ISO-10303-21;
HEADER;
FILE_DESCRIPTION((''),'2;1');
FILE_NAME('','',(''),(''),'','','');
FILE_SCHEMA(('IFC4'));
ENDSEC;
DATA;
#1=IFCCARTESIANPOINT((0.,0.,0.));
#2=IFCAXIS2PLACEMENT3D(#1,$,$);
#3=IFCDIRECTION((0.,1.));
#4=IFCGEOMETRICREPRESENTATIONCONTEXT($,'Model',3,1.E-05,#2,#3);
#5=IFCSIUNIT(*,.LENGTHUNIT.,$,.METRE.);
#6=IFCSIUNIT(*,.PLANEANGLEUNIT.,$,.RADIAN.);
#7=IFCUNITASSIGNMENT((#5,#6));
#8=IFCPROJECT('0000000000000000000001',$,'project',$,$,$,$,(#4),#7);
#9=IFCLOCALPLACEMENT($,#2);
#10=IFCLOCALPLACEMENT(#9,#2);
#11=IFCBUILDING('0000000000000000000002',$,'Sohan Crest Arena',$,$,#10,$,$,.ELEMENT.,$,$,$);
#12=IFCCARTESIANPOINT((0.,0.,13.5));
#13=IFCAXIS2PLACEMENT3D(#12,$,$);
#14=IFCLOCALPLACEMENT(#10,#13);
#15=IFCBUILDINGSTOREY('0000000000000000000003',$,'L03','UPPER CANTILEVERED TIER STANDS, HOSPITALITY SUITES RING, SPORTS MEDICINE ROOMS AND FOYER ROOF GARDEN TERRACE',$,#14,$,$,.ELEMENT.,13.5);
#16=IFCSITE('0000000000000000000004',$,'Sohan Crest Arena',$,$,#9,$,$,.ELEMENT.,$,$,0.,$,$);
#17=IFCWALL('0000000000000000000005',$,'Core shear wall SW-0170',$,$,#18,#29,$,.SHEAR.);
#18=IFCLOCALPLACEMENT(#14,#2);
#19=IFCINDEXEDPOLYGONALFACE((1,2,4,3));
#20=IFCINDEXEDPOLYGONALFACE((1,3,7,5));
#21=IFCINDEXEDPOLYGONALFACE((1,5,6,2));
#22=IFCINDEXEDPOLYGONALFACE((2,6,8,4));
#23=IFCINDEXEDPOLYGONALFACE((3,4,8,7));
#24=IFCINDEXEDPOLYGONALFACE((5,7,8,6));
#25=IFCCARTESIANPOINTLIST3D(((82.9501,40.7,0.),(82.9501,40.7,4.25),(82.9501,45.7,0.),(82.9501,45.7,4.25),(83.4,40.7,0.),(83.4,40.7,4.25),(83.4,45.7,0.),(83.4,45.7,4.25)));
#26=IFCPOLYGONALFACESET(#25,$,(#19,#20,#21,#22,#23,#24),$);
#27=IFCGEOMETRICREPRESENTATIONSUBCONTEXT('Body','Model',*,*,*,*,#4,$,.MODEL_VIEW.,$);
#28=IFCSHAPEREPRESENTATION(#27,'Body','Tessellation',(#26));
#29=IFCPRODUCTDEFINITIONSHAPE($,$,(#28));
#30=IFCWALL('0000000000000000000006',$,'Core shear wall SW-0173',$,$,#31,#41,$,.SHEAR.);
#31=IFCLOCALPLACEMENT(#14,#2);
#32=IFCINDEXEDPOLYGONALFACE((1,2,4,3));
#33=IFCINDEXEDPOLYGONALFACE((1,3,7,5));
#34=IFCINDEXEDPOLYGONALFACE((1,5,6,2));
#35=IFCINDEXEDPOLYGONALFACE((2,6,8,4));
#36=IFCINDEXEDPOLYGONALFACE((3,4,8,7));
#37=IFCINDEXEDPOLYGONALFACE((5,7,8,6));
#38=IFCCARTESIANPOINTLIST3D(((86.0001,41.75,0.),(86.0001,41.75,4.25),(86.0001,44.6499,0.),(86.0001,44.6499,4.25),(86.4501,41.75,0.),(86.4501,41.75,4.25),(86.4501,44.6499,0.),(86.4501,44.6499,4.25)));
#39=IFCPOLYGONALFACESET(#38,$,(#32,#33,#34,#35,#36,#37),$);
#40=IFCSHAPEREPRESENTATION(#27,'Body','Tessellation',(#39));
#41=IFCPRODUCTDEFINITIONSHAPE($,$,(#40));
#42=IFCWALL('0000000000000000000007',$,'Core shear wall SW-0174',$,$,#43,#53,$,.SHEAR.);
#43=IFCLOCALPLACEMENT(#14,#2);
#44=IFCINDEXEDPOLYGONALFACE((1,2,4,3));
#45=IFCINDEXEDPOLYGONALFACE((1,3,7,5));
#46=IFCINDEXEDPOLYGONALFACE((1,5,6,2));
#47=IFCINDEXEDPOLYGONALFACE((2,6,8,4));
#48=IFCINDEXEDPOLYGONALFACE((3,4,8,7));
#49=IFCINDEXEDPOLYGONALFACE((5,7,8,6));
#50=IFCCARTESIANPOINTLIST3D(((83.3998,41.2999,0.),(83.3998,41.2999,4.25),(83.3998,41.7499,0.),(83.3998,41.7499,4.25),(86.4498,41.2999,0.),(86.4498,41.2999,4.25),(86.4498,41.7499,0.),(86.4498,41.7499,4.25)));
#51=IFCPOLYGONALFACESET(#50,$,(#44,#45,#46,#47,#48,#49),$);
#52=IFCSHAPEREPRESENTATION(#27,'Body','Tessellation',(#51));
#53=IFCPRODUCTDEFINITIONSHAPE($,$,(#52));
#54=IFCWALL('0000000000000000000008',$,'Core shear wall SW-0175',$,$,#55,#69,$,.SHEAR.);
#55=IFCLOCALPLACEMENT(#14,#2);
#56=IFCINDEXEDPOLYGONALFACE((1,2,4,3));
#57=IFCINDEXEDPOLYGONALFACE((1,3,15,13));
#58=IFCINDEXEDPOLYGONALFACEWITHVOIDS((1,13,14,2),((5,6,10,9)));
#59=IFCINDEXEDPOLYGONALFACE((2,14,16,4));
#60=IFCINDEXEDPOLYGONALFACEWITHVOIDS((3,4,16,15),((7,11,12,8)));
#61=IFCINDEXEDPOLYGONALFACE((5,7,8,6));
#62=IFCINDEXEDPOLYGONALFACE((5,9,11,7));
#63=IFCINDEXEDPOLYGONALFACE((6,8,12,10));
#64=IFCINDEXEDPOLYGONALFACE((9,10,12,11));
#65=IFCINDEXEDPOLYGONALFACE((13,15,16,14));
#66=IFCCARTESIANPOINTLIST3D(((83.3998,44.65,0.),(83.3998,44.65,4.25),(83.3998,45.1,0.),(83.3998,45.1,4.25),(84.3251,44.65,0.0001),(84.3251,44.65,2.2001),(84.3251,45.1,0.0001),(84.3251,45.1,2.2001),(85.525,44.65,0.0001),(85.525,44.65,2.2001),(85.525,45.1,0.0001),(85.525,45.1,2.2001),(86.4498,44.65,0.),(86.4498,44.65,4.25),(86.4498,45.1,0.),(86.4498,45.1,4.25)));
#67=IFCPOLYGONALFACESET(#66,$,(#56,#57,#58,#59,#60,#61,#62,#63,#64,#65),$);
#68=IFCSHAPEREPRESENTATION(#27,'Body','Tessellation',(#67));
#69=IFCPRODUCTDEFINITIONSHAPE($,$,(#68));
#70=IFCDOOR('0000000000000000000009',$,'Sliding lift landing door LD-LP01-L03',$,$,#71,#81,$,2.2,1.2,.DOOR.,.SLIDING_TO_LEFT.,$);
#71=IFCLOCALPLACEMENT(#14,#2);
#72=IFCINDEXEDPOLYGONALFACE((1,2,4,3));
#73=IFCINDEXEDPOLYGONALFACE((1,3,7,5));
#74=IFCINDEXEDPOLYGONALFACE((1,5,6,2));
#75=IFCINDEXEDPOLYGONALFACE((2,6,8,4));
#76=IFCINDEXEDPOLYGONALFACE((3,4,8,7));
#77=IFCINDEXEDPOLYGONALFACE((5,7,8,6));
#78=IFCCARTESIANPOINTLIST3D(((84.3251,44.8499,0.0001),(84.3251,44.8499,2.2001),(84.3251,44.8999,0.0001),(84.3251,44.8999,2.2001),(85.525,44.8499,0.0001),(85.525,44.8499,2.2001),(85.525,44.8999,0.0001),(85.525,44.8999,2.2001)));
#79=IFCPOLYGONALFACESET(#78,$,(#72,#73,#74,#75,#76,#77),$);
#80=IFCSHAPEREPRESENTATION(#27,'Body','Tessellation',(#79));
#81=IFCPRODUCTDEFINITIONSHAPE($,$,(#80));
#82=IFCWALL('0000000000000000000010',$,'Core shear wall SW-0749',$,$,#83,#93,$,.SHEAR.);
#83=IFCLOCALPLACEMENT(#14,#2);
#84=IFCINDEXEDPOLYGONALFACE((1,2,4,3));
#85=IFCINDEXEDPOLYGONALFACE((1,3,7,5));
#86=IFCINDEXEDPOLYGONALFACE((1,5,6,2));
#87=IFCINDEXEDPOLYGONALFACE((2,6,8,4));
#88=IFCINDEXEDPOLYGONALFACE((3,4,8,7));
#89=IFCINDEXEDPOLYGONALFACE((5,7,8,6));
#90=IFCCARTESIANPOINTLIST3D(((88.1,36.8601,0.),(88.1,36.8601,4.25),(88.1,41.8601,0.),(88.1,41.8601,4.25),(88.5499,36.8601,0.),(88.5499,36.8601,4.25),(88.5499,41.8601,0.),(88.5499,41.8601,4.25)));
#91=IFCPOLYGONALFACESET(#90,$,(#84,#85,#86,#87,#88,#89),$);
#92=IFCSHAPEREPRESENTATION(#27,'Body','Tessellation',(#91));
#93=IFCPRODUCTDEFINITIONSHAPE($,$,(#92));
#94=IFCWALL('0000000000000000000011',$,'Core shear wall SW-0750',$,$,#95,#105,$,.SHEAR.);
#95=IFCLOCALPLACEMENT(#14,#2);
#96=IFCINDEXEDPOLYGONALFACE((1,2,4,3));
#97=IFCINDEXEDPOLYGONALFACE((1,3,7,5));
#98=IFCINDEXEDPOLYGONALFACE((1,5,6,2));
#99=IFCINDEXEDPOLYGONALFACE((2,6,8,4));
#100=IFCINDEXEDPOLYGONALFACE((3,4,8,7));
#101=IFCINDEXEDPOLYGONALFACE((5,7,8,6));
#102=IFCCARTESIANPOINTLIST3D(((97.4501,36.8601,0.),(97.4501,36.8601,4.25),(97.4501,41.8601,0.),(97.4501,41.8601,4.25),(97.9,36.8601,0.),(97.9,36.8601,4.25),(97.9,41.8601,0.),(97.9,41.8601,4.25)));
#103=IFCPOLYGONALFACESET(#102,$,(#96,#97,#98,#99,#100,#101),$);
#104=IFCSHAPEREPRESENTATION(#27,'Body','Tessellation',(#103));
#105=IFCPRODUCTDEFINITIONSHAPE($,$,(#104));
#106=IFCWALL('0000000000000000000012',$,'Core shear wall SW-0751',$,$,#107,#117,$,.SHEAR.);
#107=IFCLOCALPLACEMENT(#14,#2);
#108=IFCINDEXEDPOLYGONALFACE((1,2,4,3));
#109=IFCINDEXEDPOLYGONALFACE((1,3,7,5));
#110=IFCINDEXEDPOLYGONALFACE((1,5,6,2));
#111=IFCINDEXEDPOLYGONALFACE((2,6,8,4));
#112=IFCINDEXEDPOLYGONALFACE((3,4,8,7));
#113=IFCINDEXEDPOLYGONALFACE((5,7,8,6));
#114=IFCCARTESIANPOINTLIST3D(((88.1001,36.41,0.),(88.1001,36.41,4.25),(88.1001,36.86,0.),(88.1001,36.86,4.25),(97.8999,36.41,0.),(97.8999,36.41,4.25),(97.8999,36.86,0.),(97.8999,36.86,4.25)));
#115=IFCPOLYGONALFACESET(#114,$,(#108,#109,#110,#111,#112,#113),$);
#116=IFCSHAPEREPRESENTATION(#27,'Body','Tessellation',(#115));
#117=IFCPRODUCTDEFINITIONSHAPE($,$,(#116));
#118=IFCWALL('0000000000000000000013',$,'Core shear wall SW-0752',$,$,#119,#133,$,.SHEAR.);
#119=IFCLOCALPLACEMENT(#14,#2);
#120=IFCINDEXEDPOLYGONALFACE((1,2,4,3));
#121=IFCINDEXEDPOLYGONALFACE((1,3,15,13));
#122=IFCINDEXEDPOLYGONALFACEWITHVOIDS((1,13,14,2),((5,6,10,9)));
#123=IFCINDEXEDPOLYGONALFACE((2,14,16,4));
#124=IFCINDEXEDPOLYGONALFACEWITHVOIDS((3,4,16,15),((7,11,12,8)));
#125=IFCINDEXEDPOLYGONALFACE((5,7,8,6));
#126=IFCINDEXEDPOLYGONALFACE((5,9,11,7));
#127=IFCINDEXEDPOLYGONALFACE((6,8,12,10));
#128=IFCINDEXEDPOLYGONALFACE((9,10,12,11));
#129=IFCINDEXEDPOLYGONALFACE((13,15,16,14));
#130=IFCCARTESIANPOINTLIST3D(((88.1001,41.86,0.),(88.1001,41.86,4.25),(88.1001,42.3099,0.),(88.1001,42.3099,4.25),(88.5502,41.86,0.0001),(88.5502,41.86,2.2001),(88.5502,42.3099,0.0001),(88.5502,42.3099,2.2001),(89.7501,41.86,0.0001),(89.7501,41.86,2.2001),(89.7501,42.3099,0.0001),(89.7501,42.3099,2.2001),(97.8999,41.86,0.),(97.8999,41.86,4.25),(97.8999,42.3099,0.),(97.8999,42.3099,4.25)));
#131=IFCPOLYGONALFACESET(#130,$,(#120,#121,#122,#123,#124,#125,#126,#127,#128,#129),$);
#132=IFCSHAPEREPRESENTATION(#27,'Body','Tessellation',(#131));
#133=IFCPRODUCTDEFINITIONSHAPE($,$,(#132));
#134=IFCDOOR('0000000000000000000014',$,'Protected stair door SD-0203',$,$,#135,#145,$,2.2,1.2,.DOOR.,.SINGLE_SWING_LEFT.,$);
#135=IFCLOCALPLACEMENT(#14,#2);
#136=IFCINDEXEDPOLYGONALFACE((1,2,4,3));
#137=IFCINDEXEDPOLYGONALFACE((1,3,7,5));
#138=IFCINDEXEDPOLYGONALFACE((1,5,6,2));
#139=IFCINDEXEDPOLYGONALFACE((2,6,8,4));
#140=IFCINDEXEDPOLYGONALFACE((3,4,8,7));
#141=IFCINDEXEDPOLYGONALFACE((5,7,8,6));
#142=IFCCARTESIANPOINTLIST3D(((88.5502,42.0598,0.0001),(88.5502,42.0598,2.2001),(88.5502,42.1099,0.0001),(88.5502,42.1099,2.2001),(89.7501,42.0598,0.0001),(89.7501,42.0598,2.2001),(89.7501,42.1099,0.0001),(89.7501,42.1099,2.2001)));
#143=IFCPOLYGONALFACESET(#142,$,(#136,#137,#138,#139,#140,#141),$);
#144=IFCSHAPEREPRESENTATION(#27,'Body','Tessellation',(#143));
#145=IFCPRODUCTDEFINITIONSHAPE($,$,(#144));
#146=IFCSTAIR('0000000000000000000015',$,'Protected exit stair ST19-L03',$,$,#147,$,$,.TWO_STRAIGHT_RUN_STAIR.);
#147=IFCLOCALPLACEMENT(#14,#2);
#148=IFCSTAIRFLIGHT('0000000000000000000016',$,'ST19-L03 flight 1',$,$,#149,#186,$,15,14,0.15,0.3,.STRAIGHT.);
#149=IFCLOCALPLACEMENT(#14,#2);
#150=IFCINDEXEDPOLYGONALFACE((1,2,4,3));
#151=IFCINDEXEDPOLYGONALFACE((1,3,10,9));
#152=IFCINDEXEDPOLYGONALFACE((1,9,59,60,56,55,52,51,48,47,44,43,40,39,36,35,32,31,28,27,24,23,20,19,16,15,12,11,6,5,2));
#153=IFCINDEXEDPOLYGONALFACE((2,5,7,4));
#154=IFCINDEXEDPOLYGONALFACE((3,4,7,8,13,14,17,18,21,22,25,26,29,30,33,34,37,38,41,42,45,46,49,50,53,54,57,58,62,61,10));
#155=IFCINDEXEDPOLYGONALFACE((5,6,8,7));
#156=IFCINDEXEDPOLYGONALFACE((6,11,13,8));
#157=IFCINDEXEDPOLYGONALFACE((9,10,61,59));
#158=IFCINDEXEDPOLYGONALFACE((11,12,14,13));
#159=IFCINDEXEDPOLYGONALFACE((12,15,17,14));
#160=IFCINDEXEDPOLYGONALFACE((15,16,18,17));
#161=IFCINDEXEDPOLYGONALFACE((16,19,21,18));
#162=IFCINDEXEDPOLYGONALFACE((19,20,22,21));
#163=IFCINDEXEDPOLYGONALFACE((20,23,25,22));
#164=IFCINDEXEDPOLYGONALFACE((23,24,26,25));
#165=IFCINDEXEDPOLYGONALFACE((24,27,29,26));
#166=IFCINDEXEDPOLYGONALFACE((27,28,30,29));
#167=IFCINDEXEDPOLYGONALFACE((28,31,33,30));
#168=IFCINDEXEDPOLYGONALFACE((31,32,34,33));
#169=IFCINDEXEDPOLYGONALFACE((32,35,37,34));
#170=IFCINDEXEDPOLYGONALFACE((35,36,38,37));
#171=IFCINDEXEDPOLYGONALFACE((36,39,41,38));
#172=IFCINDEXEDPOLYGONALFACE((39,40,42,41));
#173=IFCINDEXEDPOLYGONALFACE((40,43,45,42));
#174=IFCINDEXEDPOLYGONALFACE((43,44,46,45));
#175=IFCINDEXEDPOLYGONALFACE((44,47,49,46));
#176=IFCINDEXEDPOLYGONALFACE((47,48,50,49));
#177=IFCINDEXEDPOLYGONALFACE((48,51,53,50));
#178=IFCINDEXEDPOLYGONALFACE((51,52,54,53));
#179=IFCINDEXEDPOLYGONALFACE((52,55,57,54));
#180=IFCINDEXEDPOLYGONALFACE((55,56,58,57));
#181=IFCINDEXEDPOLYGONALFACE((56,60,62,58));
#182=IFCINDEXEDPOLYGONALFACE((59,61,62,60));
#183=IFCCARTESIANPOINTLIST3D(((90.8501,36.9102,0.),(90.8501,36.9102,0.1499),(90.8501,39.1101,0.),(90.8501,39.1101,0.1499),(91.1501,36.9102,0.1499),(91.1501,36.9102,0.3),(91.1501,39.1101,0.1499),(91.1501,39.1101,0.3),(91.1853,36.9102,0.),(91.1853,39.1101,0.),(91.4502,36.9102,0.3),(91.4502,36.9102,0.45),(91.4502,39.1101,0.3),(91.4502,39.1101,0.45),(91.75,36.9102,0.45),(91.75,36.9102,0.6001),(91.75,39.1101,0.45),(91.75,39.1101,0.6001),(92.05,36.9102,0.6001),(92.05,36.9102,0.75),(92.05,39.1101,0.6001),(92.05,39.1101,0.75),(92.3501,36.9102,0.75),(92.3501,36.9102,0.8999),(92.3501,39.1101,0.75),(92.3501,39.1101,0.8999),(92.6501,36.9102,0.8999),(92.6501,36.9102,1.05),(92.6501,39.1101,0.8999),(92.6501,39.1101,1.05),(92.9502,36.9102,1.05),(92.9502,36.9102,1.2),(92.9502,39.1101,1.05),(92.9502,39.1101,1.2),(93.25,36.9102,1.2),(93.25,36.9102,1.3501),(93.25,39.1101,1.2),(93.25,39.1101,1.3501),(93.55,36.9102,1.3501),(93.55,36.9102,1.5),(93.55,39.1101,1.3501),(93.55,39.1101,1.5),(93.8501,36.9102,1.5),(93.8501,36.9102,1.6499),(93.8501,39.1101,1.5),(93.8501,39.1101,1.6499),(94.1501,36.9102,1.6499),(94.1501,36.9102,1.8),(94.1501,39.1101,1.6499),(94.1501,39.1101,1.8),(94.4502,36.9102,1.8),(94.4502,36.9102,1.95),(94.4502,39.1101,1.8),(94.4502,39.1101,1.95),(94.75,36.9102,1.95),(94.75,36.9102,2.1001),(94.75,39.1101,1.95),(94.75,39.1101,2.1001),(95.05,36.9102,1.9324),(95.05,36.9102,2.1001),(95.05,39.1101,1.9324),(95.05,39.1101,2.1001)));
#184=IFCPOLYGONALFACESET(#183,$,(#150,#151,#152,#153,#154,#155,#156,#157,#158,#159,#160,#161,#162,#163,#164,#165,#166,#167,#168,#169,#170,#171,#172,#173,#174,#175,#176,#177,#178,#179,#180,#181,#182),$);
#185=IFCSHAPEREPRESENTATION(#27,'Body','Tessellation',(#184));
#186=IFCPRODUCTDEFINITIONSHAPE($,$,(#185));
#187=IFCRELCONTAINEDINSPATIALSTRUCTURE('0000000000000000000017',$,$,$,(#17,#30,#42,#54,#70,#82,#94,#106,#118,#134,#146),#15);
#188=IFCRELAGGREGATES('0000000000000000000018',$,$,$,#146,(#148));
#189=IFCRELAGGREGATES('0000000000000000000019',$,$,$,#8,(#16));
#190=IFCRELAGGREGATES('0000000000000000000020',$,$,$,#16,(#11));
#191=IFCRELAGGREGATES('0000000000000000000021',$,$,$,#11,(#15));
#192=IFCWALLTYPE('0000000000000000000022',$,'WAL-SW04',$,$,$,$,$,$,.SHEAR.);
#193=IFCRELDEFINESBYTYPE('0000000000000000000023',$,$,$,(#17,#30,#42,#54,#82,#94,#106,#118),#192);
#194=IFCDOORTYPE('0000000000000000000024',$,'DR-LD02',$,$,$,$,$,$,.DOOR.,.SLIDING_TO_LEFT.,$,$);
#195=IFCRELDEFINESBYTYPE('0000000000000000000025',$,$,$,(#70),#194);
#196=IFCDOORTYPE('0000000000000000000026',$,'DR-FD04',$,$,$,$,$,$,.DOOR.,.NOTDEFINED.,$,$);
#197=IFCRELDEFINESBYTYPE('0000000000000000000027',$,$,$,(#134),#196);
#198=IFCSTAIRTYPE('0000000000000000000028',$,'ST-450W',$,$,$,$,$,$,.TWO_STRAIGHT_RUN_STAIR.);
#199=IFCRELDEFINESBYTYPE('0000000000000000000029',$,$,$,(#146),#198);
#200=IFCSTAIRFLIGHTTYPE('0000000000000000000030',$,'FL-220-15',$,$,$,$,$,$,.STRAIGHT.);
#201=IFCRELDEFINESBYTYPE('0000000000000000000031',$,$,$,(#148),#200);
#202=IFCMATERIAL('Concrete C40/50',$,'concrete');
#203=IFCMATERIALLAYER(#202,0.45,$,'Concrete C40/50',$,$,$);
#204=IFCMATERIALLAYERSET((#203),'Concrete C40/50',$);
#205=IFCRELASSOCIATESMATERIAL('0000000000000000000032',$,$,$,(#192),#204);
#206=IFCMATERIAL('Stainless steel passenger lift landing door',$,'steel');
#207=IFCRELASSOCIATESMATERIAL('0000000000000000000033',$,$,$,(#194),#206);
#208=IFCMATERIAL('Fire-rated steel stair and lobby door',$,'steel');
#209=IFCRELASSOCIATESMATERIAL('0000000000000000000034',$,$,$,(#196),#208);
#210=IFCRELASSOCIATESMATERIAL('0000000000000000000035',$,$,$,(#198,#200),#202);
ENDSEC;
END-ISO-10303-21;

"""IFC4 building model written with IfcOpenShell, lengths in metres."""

from ifc_helpers import new_model, si_unit, direction, frame, frame_2d, origin, place, context, subcontext, project, spatial, polyline, rectangle, outline, extrude, material, layer, layer_set, type_object, element, fill, aggregate, save


model = new_model("IFC4")

# Units and contexts
model_context = context("Model", 3, precision=1e-05, world=origin(), true_north=direction((0.0, 1.0)))
body_context = subcontext(model_context, "Body", "Model", "MODEL_VIEW")
ifc_project = project(units=[si_unit("LENGTHUNIT", "METRE"), si_unit("PLANEANGLEUNIT", "RADIAN")], contexts=[model_context])

# Site, building, storey
site_placement = place(None, origin())
site = spatial("IfcSite", under=ifc_project, at=site_placement, Name="Sohan Crest Arena", CompositionType="ELEMENT", RefElevation=0.0)
building_placement = place(site_placement, origin())
building = spatial("IfcBuilding", under=site, at=building_placement, Name="Sohan Crest Arena", CompositionType="ELEMENT")
storey_placement = place(building_placement, frame((0.0, 0.0, 13.5)))
storey = spatial("IfcBuildingStorey", under=building, at=storey_placement, Name="L03", Description="UPPER CANTILEVERED TIER STANDS, HOSPITALITY SUITES RING, SPORTS MEDICINE ROOMS AND FOYER ROOF GARDEN TERRACE", CompositionType="ELEMENT", Elevation=13.5)

# Shared definitions
ifc_material_1 = material(Name="Concrete C40/50", Category="concrete")

# Walls
ifc_layer_1 = layer(ifc_material_1, 0.45, Name="Concrete C40/50")
ifc_layer_set_1 = layer_set([ifc_layer_1], Name="Concrete C40/50")
wall_type_1 = type_object("IfcWallType", Name="WAL-SW04", PredefinedType="SHEAR", material=ifc_layer_set_1)
wall_1_placement = place(storey_placement, frame((83.175, 40.7, 0.0), z_axis=(0.0, 0.0, 1.0), x_axis=(0.0, 1.0, 0.0)))
element("IfcWall", 1, at=wall_1_placement, inside=storey, type_object=wall_type_1, Name="Core shear wall SW-0170", PredefinedType="SHEAR", context=body_context, shape_type="SweptSolid", body=[
    extrude(rectangle(XDim=5.0, YDim=0.45, at=frame_2d((2.5, 0.0))), origin(), (0.0, 0.0, 1.0), 4.25),
])
wall_2_placement = place(storey_placement, frame((86.2251, 41.75, 0.0), z_axis=(0.0, 0.0, 1.0), x_axis=(0.0, 1.0, 0.0)))
element("IfcWall", 2, at=wall_2_placement, inside=storey, type_object=wall_type_1, Name="Core shear wall SW-0173", PredefinedType="SHEAR", context=body_context, shape_type="SweptSolid", body=[
    extrude(rectangle(XDim=2.8999, YDim=0.45, at=frame_2d((1.45, 0.0))), origin(), (0.0, 0.0, 1.0), 4.25),
])
wall_3_placement = place(storey_placement, frame((83.3999, 41.5249, 0.0), z_axis=(0.0, 0.0, 1.0), x_axis=(1.0, 0.0, 0.0)))
element("IfcWall", 3, at=wall_3_placement, inside=storey, type_object=wall_type_1, Name="Core shear wall SW-0174", PredefinedType="SHEAR", context=body_context, shape_type="SweptSolid", body=[
    extrude(rectangle(XDim=3.05, YDim=0.45, at=frame_2d((1.5249, 0.0))), origin(), (0.0, 0.0, 1.0), 4.25),
])

# Wall, opening, door
wall_4_placement = place(storey_placement, frame((83.3999, 44.875, 0.0), z_axis=(0.0, 0.0, 1.0), x_axis=(1.0, 0.0, 0.0)))
wall_4 = element("IfcWall", 4, at=wall_4_placement, inside=storey, type_object=wall_type_1, Name="Core shear wall SW-0175", PredefinedType="SHEAR", context=body_context, shape_type="SweptSolid", body=[
    extrude(rectangle(XDim=3.05, YDim=0.45, at=frame_2d((1.5249, 0.0))), origin(), (0.0, 0.0, 1.0), 4.25),
])
opening_1_placement = place(wall_4_placement, frame((0.925, 0.0, 0.0)))
opening_1 = element("IfcOpeningElement", 5, at=opening_1_placement, cuts=wall_4, PredefinedType="OPENING", context=body_context, shape_type="SweptSolid", body=[
    extrude(rectangle(XDim=1.2, YDim=2.2, at=frame_2d((0.6001, 1.1001))), frame((0.0, 0.2349, 0.0), z_axis=(0.0, -1.0, 0.0), x_axis=(1.0, 0.0, 0.0)), (0.0, 0.0, 1.0), 0.47),
])
ifc_material_2 = material(Name="Stainless steel passenger lift landing door", Category="steel")
door_type_1 = type_object("IfcDoorType", Name="DR-LD02", OperationType="SLIDING_TO_LEFT", PredefinedType="DOOR", material=ifc_material_2)
door_1_placement = place(opening_1_placement, origin())
door_1 = element("IfcDoor", 6, at=door_1_placement, inside=storey, type_object=door_type_1, Name="Sliding lift landing door LD-LP01-L03", OperationType="SLIDING_TO_LEFT", OverallHeight=2.2, OverallWidth=1.2, PredefinedType="DOOR", context=body_context, shape_type="SweptSolid", body=[
    extrude(rectangle(XDim=1.2, YDim=2.2, at=frame_2d((0.6001, 1.1001))), frame((0.0, 0.0249, 0.0), z_axis=(0.0, -1.0, 0.0), x_axis=(1.0, 0.0, 0.0)), (0.0, 0.0, 1.0), 0.05),
])
fill(opening_1, door_1)

# Walls
for number, where, z_axis, x_axis, name in (
    (7, (88.325, 36.8601, 0.0), (0.0, 0.0, 1.0), (0.0, 1.0, 0.0), "Core shear wall SW-0749"),
    (8, (97.675, 36.8601, 0.0), (0.0, 0.0, 1.0), (0.0, 1.0, 0.0), "Core shear wall SW-0750"),
):
    element("IfcWall", number, at=place(storey_placement, frame(where, z_axis=z_axis, x_axis=x_axis)), inside=storey, type_object=wall_type_1, Name=name, PredefinedType="SHEAR", context=body_context, shape_type="SweptSolid", body=[
        extrude(rectangle(XDim=5.0, YDim=0.45, at=frame_2d((2.5, 0.0))), origin(), (0.0, 0.0, 1.0), 4.25),
    ])
wall_5_placement = place(storey_placement, frame((88.1001, 36.635, 0.0), z_axis=(0.0, 0.0, 1.0), x_axis=(1.0, 0.0, 0.0)))
element("IfcWall", 9, at=wall_5_placement, inside=storey, type_object=wall_type_1, Name="Core shear wall SW-0751", PredefinedType="SHEAR", context=body_context, shape_type="SweptSolid", body=[
    extrude(rectangle(XDim=9.7998, YDim=0.45, at=frame_2d((4.8999, 0.0))), origin(), (0.0, 0.0, 1.0), 4.25),
])

# Wall, opening, door
wall_6_placement = place(storey_placement, frame((88.1001, 42.085, 0.0), z_axis=(0.0, 0.0, 1.0), x_axis=(1.0, 0.0, 0.0)))
wall_6 = element("IfcWall", 10, at=wall_6_placement, inside=storey, type_object=wall_type_1, Name="Core shear wall SW-0752", PredefinedType="SHEAR", context=body_context, shape_type="SweptSolid", body=[
    extrude(rectangle(XDim=9.7998, YDim=0.45, at=frame_2d((4.8999, 0.0))), origin(), (0.0, 0.0, 1.0), 4.25),
])
opening_2_placement = place(wall_6_placement, frame((0.45, 0.0, 0.0)))
opening_2 = element("IfcOpeningElement", 11, at=opening_2_placement, cuts=wall_6, PredefinedType="OPENING", context=body_context, shape_type="SweptSolid", body=[
    extrude(rectangle(XDim=1.2, YDim=2.2, at=frame_2d((0.6001, 1.1001))), frame((0.0, 0.2349, 0.0), z_axis=(0.0, -1.0, 0.0), x_axis=(1.0, 0.0, 0.0)), (0.0, 0.0, 1.0), 0.47),
])
ifc_material_3 = material(Name="Fire-rated steel stair and lobby door", Category="steel")
door_type_2 = type_object("IfcDoorType", Name="DR-FD04", OperationType="NOTDEFINED", PredefinedType="DOOR", material=ifc_material_3)
door_2_placement = place(opening_2_placement, origin())
door_2 = element("IfcDoor", 12, at=door_2_placement, inside=storey, type_object=door_type_2, Name="Protected stair door SD-0203", OperationType="SINGLE_SWING_LEFT", OverallHeight=2.2, OverallWidth=1.2, PredefinedType="DOOR", context=body_context, shape_type="SweptSolid", body=[
    extrude(rectangle(XDim=1.2, YDim=2.2, at=frame_2d((0.6001, 1.1001))), frame((0.0, 0.0249, 0.0), z_axis=(0.0, -1.0, 0.0), x_axis=(1.0, 0.0, 0.0)), (0.0, 0.0, 1.0), 0.05),
])
fill(opening_2, door_2)

# Stair, stair flight
stair_type = type_object("IfcStairType", Name="ST-450W", PredefinedType="TWO_STRAIGHT_RUN_STAIR", material=ifc_material_1)
stair_placement = place(storey_placement, origin())
stair = element("IfcStair", 13, at=stair_placement, inside=storey, type_object=stair_type, Name="Protected exit stair ST19-L03", PredefinedType="TWO_STRAIGHT_RUN_STAIR")
stair_flight_type = type_object("IfcStairFlightType", Name="FL-220-15", PredefinedType="STRAIGHT", material=ifc_material_1)
stair_flight_1_placement = place(storey_placement, frame((90.8501, 38.01, 0.0), z_axis=(0.0, 0.0, 1.0), x_axis=(1.0, 0.0, 0.0)))
stair_flight_1 = element("IfcStairFlight", 14, at=stair_flight_1_placement, type_object=stair_flight_type, Name="ST19-L03 flight 1", NumberOfRisers=15, NumberOfTreads=14, PredefinedType="STRAIGHT", RiserHeight=0.15, TreadLength=0.3, context=body_context, shape_type="SweptSolid", body=[
    extrude(outline(polyline([(0.0, 0.0), (0.0, 0.1499), (0.3, 0.1499), (0.3, 0.3), (0.6001, 0.3), (0.6001, 0.45), (0.8999, 0.45), (0.8999, 0.6001), (1.2, 0.6001), (1.2, 0.75), (1.5, 0.75), (1.5, 0.8999), (1.8, 0.8999), (1.8, 1.05), (2.1001, 1.05), (2.1001, 1.2), (2.3999, 1.2), (2.3999, 1.3501), (2.7, 1.3501), (2.7, 1.5), (3.0, 1.5), (3.0, 1.6499), (3.3, 1.6499), (3.3, 1.8), (3.6001, 1.8), (3.6001, 1.95), (3.8999, 1.95), (3.8999, 2.1001), (4.2, 2.1001), (4.2, 2.25), (4.2, 1.9324), (0.3352, 0.0), (0.0, 0.0)])), frame((0.0, 1.1001, 0.0), z_axis=(0.0, -1.0, 0.0), x_axis=(1.0, 0.0, 0.0)), (0.0, 0.0, 1.0), 2.2),
])
aggregate(stair, [stair_flight_1])

save(model, "model.ifc")
